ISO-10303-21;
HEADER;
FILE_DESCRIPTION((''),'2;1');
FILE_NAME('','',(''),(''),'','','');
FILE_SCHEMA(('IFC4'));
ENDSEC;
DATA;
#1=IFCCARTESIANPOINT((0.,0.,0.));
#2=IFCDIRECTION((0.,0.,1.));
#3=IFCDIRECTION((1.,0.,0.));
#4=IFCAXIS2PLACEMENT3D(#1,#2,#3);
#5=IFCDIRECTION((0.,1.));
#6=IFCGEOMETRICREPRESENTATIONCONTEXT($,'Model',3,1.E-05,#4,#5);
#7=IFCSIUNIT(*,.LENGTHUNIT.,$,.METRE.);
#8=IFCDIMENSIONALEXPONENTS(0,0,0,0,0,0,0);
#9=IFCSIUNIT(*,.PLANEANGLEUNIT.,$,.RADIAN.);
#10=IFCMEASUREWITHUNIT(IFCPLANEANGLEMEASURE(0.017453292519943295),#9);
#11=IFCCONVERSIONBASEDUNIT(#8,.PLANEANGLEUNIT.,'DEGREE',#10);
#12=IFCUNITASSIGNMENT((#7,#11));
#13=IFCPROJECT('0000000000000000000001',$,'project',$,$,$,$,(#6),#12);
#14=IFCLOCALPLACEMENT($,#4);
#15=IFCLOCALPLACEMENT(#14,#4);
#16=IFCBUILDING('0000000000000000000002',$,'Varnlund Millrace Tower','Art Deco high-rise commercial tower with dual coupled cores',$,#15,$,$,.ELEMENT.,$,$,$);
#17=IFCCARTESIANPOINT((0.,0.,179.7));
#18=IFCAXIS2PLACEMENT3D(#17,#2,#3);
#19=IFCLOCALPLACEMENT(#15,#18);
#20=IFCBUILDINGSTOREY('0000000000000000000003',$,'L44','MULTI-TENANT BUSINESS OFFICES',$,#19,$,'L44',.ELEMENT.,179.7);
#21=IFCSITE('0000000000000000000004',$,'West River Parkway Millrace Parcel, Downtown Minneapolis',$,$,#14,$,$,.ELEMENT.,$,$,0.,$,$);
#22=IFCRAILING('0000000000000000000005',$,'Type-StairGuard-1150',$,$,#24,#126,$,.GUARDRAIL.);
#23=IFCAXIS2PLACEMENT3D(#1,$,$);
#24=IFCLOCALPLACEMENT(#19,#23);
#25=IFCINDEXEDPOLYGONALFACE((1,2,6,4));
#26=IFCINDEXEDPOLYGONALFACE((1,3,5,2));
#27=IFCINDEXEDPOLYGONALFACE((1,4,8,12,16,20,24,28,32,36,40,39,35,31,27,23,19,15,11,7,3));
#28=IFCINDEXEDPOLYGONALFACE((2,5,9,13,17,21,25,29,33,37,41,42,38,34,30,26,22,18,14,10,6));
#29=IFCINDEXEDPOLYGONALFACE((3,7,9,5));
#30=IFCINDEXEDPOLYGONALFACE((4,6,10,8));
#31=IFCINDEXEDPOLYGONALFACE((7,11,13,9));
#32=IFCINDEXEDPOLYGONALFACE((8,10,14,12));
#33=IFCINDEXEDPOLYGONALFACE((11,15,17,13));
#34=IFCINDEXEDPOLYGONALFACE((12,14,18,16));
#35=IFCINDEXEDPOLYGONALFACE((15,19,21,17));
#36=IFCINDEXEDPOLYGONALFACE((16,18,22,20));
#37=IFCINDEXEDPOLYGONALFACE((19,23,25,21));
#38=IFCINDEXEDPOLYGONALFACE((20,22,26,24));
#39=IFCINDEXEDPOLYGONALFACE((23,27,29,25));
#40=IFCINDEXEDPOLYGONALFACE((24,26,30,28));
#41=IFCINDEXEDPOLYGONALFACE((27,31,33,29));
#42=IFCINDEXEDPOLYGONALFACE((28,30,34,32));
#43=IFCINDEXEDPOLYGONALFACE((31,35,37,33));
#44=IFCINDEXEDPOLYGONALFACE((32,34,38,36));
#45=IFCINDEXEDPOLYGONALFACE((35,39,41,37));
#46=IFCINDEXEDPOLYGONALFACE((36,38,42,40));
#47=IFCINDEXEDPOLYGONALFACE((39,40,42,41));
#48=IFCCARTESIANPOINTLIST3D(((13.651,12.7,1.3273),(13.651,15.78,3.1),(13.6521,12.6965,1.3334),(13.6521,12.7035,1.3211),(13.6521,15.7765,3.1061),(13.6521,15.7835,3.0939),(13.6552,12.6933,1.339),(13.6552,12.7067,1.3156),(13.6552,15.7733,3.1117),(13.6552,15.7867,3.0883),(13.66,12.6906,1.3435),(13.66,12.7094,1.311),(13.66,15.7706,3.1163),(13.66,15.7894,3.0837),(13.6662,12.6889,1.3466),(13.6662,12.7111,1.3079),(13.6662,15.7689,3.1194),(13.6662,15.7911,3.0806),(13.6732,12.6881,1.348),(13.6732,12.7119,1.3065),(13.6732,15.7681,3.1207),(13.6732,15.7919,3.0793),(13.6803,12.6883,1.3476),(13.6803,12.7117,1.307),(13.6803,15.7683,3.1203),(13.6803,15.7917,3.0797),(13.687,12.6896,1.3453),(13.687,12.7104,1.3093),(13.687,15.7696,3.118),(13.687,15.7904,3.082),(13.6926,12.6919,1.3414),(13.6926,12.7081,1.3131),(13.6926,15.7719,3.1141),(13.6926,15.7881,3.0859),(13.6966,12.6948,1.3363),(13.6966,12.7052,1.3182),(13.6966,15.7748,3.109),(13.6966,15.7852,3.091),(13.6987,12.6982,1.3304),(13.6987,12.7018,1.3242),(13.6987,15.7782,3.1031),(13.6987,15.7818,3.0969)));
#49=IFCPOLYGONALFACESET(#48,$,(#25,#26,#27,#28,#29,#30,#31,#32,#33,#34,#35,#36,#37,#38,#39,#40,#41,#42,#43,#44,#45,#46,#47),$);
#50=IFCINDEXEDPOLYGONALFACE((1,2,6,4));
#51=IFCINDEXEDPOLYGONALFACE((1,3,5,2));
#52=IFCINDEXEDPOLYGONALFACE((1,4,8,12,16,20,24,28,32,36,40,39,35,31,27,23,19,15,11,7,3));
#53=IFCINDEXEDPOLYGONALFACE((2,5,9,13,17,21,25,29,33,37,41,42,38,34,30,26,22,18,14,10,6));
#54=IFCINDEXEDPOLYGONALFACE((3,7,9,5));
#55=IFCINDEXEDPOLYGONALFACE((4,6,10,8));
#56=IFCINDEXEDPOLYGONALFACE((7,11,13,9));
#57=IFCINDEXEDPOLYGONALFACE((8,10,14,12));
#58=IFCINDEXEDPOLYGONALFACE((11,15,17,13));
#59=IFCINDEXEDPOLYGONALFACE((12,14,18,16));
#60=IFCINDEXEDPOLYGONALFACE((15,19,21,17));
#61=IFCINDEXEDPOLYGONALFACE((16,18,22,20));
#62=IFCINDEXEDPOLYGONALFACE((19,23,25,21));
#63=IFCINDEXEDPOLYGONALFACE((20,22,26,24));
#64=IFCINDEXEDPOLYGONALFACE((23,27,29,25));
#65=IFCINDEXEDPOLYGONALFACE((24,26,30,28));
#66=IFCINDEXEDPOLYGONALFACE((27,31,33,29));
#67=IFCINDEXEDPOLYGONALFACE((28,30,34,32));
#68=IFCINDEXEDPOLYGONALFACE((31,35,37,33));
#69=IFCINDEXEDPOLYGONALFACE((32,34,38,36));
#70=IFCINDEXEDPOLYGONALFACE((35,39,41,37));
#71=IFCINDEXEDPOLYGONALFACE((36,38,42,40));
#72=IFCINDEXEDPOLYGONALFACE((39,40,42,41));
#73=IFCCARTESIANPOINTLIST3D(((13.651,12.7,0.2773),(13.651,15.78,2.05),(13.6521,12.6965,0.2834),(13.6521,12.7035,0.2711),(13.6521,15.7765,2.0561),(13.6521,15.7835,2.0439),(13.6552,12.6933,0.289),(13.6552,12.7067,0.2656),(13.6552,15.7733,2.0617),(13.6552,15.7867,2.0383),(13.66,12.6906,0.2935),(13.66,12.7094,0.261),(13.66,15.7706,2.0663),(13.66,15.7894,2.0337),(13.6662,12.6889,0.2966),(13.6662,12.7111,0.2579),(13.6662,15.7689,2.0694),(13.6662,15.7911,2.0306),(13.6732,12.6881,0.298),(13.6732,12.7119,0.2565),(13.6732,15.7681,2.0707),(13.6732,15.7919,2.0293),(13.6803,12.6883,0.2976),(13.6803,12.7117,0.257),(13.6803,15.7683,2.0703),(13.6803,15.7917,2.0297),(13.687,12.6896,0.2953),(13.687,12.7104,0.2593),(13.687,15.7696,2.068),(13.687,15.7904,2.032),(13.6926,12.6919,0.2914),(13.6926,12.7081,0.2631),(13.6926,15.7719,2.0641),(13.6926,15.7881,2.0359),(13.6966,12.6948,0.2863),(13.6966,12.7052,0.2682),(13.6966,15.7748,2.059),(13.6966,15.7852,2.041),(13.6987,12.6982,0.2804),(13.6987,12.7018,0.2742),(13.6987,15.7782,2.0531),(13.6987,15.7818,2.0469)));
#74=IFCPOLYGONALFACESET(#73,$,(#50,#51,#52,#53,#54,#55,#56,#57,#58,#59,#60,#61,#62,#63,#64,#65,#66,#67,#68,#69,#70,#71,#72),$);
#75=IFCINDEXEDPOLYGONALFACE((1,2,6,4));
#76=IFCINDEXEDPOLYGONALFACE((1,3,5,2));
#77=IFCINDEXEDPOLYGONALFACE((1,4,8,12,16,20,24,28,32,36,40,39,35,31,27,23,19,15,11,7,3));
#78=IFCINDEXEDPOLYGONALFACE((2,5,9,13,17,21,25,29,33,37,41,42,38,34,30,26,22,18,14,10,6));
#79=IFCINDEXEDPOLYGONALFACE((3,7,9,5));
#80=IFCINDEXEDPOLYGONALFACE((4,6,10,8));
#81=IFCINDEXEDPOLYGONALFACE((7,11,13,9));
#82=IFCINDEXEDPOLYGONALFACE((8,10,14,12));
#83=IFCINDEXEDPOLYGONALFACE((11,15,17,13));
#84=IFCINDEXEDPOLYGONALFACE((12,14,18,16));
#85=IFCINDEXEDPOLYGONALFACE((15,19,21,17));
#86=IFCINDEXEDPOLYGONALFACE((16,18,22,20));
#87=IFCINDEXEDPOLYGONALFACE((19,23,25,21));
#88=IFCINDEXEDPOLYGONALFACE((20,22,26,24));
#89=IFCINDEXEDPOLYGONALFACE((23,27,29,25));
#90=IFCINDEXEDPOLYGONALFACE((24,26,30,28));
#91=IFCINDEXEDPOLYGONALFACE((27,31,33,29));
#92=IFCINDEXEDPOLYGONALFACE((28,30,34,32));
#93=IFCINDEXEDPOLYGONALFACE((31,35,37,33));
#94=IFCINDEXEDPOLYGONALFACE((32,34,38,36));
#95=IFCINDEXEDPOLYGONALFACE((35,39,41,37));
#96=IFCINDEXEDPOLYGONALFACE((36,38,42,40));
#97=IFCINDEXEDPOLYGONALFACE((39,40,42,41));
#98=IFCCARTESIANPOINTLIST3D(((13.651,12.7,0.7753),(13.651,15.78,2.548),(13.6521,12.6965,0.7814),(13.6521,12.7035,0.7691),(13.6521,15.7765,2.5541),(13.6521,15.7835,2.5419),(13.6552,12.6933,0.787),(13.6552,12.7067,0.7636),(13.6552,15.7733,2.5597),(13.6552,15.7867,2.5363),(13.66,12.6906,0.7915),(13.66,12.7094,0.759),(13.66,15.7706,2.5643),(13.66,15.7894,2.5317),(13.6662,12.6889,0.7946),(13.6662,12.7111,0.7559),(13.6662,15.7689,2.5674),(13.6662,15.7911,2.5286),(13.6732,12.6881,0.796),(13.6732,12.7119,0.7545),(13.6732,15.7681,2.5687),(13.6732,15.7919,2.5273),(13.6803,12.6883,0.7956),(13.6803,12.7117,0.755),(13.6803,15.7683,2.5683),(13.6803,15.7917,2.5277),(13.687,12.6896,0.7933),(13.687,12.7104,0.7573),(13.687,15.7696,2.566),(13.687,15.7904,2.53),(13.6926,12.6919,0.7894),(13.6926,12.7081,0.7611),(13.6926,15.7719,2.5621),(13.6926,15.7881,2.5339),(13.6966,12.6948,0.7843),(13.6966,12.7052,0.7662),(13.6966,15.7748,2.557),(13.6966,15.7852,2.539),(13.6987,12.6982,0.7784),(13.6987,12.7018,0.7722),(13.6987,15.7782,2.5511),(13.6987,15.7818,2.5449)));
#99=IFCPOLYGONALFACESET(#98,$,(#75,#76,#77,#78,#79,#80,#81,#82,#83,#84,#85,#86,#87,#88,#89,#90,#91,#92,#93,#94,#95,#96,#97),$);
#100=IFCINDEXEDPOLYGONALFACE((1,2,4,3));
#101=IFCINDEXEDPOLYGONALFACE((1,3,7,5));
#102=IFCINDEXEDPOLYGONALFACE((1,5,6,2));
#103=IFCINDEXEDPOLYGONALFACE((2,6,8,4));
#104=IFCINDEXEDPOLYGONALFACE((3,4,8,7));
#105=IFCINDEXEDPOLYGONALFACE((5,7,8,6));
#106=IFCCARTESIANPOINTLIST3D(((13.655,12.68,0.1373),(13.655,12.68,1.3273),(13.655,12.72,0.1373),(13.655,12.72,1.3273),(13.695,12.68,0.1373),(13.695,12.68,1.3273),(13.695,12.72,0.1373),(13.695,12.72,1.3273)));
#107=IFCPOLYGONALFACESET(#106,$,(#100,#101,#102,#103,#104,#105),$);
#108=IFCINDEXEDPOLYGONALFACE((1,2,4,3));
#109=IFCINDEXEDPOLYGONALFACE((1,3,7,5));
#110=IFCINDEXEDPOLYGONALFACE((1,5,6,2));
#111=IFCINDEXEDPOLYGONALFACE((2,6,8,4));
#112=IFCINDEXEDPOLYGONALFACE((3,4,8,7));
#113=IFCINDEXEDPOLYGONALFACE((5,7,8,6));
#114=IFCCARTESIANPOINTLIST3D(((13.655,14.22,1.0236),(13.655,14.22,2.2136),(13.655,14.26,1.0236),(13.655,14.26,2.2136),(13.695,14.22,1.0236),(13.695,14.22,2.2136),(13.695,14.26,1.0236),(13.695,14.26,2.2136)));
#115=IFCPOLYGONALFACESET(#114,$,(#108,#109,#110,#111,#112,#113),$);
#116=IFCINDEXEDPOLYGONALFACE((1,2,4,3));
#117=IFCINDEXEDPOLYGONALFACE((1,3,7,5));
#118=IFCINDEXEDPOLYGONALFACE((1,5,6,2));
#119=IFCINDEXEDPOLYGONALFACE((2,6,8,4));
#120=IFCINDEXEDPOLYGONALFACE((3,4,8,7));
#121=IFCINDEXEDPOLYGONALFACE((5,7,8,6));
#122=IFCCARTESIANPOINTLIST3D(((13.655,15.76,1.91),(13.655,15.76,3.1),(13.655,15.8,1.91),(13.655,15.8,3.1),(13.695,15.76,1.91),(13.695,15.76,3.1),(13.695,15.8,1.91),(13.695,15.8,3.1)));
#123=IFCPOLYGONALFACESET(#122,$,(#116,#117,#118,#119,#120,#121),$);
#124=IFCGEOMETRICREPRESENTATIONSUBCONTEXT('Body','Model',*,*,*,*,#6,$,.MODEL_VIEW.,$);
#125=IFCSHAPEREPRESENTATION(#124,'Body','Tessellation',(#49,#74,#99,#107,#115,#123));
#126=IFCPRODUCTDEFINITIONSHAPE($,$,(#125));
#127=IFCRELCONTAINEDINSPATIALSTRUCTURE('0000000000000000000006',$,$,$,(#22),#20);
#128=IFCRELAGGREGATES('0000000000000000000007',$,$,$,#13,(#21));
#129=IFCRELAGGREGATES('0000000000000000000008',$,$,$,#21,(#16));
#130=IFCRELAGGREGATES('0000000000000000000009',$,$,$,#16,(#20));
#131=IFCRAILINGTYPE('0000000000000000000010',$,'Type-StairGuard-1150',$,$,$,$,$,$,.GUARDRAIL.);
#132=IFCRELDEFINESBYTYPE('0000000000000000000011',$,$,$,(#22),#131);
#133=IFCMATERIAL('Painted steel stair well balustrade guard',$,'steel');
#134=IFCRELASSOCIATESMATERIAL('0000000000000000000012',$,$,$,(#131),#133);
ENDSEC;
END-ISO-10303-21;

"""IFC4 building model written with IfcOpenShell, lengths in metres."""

from ifc_helpers import new_model, entity, si_unit, converted_unit, direction, frame, origin_with_axes, origin_2d_with_axis, place, context, subcontext, project, spatial, rectangle, circle, extrude, material, type_object, element, save


model = new_model("IFC4")

# Units and contexts
model_context = context("Model", 3, precision=1e-05, world=origin_with_axes(), true_north=direction((0.0, 1.0)))
body_context = subcontext(model_context, "Body", "Model", "MODEL_VIEW")
ifc_project = project(units=[si_unit("LENGTHUNIT", "METRE"), converted_unit("PLANEANGLEUNIT", "DEGREE", entity("IfcPlaneAngleMeasure", 0.017453292519943295), si_unit("PLANEANGLEUNIT", "RADIAN"), dimensions=[0, 0, 0, 0, 0, 0, 0])], contexts=[model_context])

# Site, building, storey
site_placement = place(None, origin_with_axes())
site = spatial("IfcSite", under=ifc_project, at=site_placement, Name="West River Parkway Millrace Parcel, Downtown Minneapolis", CompositionType="ELEMENT", RefElevation=0.0)
building_placement = place(site_placement, origin_with_axes())
building = spatial("IfcBuilding", under=site, at=building_placement, Name="Varnlund Millrace Tower", Description="Art Deco high-rise commercial tower with dual coupled cores", CompositionType="ELEMENT")
storey_placement = place(building_placement, frame((0.0, 0.0, 179.7), z_axis=(0.0, 0.0, 1.0), x_axis=(1.0, 0.0, 0.0)))
storey = spatial("IfcBuildingStorey", under=building, at=storey_placement, Name="L44", Description="MULTI-TENANT BUSINESS OFFICES", LongName="L44", CompositionType="ELEMENT", Elevation=179.7)

# Railing
ifc_material_1 = material(Name="Painted steel stair well balustrade guard", Category="steel")
railing_type_1 = type_object("IfcRailingType", Name="Type-StairGuard-1150", PredefinedType="GUARDRAIL", material=ifc_material_1)
railing_1_placement = place(storey_placement, frame((0.0, 0.0, -179.7), z_axis=(0.0, 0.0, 1.0), x_axis=(1.0, 0.0, 0.0)))
element("IfcRailing", 1, at=railing_1_placement, inside=storey, type_object=railing_type_1, Name="Type-StairGuard-1150", PredefinedType="GUARDRAIL", context=body_context, shape_type="SweptSolid", body=[
    extrude(circle(Radius=0.024, at=origin_2d_with_axis()), frame((13.675, 12.7, 181.0273), z_axis=(0.0, 0.866696, 0.498836), x_axis=(-1.0, 0.0, 0.0)), (0.0, 0.0, 1.0), 3.5537),
    extrude(circle(Radius=0.024, at=origin_2d_with_axis()), frame((13.675, 12.7, 179.9773), z_axis=(0.0, 0.866696, 0.498836), x_axis=(-1.0, 0.0, 0.0)), (0.0, 0.0, 1.0), 3.5537),
    extrude(circle(Radius=0.024, at=origin_2d_with_axis()), frame((13.675, 12.7, 180.4753), z_axis=(0.0, 0.866696, 0.498836), x_axis=(-1.0, 0.0, 0.0)), (0.0, 0.0, 1.0), 3.5537),
    extrude(rectangle(XDim=0.04, YDim=0.04, at=origin_2d_with_axis()), frame((13.675, 12.7, 179.8373), z_axis=(0.0, 0.0, 1.0), x_axis=(1.0, 0.0, 0.0)), (0.0, 0.0, 1.0), 1.19),
    extrude(rectangle(XDim=0.04, YDim=0.04, at=origin_2d_with_axis()), frame((13.675, 14.24, 180.7236), z_axis=(0.0, 0.0, 1.0), x_axis=(1.0, 0.0, 0.0)), (0.0, 0.0, 1.0), 1.19),
    extrude(rectangle(XDim=0.04, YDim=0.04, at=origin_2d_with_axis()), frame((13.675, 15.78, 181.61), z_axis=(0.0, 0.0, 1.0), x_axis=(1.0, 0.0, 0.0)), (0.0, 0.0, 1.0), 1.19),
])

save(model, "model.ifc")
